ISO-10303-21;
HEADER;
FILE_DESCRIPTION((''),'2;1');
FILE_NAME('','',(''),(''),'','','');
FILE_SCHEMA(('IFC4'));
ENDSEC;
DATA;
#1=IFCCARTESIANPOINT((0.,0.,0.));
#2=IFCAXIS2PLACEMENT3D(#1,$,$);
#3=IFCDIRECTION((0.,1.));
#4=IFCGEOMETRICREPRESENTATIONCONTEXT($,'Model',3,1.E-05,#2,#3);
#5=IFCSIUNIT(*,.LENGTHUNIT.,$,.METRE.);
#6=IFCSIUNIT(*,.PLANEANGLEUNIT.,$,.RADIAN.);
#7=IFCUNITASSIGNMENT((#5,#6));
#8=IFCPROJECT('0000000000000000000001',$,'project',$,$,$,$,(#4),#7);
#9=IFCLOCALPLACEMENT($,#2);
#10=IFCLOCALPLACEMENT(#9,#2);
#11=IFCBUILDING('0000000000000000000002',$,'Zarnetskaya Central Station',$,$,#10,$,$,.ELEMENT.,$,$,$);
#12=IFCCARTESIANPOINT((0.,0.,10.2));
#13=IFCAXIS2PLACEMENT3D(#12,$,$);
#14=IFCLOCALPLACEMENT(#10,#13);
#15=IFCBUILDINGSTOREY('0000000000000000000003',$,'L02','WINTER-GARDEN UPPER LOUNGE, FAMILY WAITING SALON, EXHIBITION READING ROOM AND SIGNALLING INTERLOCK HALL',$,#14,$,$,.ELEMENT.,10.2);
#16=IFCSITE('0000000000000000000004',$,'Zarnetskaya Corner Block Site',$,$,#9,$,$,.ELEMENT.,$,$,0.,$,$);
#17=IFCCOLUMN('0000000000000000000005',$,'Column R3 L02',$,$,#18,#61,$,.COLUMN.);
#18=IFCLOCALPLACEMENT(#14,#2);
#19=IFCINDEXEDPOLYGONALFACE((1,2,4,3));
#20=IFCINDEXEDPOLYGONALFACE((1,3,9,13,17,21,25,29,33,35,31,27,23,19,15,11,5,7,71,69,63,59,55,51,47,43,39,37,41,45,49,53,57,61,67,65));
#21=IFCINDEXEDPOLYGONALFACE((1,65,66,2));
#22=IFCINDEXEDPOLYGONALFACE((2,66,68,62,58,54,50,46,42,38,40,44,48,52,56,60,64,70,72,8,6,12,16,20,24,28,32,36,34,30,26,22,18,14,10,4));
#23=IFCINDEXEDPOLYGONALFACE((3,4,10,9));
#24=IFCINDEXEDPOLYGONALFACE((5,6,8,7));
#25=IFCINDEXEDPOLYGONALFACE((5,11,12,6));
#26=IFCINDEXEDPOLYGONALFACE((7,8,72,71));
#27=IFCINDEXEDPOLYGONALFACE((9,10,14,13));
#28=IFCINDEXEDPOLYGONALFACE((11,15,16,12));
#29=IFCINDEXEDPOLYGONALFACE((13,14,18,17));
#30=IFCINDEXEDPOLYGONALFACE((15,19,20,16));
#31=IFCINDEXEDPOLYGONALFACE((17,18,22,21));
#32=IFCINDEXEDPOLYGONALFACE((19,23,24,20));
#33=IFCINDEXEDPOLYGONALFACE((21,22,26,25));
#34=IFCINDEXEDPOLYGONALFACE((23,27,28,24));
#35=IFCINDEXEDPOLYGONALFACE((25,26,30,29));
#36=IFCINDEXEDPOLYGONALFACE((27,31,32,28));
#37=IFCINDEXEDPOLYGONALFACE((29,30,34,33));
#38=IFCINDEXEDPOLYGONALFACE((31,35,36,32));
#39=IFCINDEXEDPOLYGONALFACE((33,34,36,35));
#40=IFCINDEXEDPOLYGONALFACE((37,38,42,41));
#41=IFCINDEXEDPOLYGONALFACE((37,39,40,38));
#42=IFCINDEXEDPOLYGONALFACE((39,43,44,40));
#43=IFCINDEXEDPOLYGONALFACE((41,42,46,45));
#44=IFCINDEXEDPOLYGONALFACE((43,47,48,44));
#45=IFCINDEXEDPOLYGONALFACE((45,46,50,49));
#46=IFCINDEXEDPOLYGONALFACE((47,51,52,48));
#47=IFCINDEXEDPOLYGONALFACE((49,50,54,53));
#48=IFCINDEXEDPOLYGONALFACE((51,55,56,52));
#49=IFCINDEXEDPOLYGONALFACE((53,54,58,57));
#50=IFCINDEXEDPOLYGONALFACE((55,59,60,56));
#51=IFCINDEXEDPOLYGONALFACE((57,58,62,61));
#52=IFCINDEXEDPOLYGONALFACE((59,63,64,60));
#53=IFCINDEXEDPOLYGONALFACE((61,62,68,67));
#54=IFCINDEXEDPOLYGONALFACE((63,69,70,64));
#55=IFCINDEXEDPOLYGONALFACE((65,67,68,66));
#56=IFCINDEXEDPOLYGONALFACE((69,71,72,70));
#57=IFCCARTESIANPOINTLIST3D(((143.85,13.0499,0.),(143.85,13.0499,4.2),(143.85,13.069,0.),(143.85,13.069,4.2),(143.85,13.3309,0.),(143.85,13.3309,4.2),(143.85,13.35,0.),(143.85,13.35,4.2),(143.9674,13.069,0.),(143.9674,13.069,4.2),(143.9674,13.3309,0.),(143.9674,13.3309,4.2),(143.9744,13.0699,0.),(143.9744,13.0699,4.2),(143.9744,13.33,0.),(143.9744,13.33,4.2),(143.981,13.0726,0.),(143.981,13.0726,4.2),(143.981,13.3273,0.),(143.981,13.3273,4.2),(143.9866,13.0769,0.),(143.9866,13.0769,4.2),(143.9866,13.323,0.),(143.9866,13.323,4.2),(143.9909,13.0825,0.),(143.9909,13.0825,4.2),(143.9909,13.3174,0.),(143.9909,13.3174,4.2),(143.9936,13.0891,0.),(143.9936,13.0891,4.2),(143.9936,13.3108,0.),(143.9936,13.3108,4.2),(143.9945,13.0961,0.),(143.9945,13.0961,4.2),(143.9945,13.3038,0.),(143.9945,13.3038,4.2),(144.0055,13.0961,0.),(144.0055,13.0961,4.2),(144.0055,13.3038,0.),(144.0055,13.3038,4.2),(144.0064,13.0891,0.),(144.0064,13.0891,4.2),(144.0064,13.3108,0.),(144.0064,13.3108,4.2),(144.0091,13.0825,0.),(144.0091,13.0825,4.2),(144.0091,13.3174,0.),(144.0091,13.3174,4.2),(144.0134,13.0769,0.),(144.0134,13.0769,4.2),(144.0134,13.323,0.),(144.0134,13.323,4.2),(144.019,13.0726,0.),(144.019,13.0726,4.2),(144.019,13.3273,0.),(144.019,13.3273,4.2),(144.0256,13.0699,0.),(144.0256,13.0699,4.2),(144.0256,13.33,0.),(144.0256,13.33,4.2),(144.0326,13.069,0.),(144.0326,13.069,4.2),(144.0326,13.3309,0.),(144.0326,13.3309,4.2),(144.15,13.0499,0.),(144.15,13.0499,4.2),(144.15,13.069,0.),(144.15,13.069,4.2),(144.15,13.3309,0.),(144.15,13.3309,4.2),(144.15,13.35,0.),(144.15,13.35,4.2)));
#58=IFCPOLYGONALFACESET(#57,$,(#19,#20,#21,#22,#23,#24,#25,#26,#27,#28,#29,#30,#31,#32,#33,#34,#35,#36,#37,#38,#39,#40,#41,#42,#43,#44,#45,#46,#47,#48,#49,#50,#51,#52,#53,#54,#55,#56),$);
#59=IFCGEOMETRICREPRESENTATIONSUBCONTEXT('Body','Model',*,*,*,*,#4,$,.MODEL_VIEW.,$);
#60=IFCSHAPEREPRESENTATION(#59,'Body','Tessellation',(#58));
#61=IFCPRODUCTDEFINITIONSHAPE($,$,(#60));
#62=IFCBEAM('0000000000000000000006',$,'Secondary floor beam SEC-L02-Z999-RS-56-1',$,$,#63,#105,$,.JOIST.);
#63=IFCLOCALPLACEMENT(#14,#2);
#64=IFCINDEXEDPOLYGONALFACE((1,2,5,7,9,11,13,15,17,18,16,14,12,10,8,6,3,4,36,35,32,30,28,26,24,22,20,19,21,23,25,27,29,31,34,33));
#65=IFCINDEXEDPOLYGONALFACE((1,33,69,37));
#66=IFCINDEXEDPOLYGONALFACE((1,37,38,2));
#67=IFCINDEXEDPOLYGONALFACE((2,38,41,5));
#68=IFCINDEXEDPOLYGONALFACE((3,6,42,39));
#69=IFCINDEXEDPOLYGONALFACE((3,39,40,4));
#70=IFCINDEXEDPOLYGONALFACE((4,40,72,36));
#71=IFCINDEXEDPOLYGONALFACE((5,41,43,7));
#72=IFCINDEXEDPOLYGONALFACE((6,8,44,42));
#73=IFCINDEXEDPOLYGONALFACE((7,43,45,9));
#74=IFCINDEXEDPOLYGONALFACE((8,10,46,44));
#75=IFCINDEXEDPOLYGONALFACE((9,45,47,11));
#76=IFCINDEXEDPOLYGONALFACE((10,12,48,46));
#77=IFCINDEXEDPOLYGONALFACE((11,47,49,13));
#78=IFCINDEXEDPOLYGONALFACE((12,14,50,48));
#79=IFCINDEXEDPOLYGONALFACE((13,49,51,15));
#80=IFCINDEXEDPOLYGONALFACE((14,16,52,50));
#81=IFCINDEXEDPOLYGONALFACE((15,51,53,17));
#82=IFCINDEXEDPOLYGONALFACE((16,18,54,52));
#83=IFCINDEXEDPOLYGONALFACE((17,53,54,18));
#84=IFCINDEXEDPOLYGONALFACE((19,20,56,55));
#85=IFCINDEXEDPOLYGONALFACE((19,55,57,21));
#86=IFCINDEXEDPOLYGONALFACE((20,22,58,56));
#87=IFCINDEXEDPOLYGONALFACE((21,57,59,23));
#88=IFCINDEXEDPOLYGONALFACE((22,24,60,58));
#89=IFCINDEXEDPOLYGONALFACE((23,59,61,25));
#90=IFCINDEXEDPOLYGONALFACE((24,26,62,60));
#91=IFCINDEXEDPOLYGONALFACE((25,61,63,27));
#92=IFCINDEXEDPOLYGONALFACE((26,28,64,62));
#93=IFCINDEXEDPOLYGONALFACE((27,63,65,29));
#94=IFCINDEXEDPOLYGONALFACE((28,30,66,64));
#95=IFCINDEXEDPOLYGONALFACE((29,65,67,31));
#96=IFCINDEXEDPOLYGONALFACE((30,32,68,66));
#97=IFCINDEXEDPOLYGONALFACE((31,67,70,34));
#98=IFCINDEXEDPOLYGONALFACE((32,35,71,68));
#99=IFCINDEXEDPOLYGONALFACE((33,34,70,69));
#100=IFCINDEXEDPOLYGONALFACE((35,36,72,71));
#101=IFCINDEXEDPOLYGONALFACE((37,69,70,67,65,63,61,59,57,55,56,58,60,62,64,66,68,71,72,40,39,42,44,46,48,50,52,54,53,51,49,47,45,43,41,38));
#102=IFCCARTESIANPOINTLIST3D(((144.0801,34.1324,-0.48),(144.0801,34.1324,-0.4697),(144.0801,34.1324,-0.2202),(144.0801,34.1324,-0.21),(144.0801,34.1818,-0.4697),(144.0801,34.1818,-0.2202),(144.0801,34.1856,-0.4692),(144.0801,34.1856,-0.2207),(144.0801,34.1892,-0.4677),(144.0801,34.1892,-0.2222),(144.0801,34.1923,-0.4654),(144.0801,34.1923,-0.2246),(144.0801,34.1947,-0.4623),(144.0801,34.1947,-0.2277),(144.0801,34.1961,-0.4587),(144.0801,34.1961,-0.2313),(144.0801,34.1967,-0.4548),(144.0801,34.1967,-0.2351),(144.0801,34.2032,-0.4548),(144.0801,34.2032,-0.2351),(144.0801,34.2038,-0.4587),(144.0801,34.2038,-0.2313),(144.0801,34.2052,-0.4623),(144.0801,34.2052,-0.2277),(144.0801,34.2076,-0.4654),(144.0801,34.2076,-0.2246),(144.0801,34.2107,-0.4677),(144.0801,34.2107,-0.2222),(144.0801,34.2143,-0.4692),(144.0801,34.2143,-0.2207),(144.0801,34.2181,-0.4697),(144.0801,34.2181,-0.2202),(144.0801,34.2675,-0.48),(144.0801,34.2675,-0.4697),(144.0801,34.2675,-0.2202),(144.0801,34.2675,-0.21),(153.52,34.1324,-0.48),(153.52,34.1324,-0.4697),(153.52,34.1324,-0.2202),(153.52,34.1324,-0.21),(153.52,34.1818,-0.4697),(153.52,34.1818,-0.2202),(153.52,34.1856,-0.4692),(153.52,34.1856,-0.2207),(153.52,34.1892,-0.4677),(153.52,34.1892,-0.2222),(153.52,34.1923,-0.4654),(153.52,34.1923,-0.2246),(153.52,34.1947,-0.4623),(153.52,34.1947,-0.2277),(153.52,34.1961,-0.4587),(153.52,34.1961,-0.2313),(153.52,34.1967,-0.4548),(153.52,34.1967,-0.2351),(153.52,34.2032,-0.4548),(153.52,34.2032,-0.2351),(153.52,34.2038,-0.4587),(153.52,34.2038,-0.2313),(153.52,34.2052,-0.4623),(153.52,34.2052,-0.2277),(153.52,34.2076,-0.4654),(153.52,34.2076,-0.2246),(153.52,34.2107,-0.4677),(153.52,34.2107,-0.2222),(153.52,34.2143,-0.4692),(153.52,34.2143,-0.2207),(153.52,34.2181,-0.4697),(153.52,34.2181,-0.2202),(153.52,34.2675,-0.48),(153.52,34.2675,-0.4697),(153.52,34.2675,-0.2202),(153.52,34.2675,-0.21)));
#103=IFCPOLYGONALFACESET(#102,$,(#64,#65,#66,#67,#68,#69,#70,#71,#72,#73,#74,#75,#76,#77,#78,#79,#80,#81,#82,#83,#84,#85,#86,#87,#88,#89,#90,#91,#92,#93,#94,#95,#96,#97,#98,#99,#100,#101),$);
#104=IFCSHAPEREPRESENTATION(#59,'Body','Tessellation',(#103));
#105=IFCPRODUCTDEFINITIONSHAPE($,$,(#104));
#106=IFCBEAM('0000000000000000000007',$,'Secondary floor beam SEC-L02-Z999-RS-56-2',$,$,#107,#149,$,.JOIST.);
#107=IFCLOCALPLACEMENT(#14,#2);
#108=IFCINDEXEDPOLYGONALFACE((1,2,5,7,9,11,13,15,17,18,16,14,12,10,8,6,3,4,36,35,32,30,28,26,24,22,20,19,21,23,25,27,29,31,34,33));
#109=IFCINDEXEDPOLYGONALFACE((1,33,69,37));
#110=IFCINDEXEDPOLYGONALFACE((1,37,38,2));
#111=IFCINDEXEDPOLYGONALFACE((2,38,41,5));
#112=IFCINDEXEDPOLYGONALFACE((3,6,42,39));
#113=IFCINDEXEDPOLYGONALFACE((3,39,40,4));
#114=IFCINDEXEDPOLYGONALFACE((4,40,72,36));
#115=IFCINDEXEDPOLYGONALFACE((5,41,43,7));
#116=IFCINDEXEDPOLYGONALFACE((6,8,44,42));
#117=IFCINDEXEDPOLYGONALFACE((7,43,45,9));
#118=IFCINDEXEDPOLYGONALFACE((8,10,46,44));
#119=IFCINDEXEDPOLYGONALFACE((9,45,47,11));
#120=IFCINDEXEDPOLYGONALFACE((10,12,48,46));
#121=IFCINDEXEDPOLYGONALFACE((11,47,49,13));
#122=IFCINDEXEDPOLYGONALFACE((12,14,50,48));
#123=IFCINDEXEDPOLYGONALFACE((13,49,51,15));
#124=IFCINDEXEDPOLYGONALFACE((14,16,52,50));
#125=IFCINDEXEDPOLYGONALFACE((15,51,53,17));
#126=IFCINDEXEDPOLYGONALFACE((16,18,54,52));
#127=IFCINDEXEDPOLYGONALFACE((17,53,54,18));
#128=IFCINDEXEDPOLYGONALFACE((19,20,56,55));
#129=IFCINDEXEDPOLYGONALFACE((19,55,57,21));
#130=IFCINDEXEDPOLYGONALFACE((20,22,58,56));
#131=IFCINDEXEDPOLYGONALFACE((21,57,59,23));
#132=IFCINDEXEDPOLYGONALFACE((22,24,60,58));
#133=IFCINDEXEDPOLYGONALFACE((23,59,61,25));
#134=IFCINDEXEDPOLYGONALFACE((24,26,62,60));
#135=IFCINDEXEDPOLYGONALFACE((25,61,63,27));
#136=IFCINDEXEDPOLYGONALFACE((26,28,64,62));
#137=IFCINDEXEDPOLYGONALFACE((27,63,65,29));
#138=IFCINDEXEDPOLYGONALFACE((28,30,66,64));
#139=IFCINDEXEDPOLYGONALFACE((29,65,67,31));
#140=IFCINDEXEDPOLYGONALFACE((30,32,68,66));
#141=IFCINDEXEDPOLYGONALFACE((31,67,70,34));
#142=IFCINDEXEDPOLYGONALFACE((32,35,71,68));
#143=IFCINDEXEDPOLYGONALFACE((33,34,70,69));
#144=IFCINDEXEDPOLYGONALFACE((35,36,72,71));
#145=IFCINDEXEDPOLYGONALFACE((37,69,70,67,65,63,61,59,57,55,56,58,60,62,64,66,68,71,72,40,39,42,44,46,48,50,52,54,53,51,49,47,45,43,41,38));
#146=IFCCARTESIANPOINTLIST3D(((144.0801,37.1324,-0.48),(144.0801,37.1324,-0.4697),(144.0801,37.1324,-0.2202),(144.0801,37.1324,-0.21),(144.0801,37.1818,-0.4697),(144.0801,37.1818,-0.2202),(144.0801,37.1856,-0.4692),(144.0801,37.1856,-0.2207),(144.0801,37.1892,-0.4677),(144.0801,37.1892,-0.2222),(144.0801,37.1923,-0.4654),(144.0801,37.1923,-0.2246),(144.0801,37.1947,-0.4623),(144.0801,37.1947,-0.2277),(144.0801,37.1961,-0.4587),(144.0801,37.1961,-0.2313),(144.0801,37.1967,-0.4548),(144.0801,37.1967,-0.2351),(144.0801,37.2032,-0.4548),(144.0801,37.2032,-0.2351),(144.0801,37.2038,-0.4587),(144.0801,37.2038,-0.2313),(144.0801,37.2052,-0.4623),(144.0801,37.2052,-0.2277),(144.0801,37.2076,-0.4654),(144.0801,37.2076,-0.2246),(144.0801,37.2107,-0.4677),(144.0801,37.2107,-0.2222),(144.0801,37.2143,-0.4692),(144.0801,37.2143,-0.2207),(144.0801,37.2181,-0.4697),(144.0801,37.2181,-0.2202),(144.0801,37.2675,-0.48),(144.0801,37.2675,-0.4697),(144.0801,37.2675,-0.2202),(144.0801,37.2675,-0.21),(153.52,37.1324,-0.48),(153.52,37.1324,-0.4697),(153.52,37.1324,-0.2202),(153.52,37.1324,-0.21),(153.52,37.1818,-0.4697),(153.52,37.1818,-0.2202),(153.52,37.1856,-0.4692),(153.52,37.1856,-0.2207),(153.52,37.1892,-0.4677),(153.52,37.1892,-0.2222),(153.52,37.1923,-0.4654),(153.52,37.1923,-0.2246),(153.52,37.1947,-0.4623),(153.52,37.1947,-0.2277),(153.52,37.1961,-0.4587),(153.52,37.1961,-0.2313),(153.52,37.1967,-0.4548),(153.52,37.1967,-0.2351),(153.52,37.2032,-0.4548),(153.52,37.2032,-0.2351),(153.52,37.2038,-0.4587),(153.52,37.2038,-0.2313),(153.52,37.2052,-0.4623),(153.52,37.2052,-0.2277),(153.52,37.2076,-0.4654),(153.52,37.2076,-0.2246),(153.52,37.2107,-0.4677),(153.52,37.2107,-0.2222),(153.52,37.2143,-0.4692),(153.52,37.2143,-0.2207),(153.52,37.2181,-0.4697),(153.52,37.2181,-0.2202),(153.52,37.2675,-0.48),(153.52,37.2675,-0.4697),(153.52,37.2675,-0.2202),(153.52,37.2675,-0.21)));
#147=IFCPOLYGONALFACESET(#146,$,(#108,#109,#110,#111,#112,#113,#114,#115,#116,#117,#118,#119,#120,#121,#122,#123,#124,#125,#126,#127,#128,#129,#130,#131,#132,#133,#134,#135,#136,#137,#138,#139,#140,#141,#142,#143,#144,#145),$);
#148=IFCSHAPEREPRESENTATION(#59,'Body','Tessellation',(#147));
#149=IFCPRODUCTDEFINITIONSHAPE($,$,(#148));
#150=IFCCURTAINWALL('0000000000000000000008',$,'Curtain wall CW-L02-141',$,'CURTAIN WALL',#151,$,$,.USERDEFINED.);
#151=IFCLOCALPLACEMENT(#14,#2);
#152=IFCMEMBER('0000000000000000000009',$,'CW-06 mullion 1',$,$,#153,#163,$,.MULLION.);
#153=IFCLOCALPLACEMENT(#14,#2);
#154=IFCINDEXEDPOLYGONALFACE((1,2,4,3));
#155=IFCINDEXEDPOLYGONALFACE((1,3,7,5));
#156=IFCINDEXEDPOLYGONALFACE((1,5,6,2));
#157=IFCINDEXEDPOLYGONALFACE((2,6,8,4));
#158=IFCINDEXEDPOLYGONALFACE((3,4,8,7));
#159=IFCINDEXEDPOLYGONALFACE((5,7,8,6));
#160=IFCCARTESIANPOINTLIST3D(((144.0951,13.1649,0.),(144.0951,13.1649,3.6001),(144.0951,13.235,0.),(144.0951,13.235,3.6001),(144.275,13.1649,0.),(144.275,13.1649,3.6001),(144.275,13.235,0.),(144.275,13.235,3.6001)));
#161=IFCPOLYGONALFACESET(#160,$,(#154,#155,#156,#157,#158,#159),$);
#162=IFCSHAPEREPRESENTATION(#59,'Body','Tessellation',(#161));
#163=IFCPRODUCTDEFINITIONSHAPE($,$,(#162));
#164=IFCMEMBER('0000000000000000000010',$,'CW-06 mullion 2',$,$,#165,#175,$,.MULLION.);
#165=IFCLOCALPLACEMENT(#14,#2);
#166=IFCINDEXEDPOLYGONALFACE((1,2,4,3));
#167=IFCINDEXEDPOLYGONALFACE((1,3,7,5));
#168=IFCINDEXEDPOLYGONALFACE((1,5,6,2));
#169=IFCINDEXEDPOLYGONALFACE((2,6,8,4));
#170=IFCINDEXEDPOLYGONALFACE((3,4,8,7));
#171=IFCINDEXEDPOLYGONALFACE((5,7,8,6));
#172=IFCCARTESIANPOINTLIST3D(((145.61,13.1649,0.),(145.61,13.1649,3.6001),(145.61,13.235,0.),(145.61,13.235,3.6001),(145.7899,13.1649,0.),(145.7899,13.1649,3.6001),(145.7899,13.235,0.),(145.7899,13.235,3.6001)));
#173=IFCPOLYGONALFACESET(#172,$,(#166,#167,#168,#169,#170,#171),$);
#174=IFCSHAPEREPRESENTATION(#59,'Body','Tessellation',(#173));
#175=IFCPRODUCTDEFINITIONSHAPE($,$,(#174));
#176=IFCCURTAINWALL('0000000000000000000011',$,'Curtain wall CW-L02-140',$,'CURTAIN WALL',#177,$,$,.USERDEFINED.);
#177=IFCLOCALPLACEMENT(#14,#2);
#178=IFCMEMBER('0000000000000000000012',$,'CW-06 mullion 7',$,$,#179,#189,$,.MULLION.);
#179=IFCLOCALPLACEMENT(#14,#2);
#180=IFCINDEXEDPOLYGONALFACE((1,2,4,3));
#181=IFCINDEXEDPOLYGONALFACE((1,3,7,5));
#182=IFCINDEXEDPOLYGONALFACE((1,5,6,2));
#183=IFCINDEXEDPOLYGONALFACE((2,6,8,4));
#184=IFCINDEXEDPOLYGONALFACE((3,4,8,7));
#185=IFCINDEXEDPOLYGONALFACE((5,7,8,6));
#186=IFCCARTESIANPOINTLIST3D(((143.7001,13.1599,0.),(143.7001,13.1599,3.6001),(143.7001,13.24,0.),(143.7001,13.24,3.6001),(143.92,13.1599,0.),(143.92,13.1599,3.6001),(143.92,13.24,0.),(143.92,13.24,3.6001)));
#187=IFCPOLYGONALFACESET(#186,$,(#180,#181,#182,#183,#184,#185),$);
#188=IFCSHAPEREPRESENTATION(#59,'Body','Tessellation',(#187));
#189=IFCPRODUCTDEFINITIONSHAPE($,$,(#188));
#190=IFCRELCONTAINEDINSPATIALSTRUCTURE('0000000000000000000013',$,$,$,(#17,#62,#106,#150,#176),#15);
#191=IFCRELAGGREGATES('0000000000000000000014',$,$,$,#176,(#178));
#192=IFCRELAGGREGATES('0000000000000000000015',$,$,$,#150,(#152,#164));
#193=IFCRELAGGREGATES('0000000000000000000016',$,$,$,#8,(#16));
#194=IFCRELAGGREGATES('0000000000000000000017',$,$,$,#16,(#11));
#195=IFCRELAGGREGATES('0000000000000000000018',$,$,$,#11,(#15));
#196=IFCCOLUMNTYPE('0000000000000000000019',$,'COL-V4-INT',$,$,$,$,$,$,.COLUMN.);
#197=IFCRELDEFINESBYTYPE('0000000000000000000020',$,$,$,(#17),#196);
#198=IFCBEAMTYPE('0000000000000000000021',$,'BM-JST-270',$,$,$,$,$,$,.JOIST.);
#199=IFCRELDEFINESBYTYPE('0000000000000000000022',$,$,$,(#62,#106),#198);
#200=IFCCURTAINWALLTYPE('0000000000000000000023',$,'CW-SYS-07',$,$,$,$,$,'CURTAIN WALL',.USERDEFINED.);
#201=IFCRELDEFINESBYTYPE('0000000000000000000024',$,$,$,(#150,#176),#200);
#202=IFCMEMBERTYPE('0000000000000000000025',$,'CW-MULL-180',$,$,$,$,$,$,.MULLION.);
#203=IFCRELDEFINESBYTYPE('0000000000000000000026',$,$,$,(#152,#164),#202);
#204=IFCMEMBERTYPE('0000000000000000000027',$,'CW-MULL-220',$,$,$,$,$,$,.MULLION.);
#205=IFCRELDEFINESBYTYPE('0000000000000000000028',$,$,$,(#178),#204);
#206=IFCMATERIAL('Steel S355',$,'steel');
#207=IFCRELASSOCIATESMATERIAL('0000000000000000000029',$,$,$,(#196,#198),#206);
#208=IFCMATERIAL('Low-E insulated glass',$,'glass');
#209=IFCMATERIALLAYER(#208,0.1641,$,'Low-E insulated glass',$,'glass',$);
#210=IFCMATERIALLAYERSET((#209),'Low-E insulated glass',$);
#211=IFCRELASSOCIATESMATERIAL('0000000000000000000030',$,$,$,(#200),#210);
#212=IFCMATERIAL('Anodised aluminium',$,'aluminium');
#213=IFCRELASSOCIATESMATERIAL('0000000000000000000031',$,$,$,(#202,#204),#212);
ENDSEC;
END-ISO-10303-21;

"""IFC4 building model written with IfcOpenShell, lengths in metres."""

from ifc_helpers import new_model, si_unit, direction, frame, origin, origin_2d, place, context, subcontext, project, spatial, rectangle, i_section, extrude, material, layer, layer_set, material_profile, profile_set, type_object, element, aggregate, save


model = new_model("IFC4")

# Units and contexts
model_context = context("Model", 3, precision=1e-05, world=origin(), true_north=direction((0.0, 1.0)))
body_context = subcontext(model_context, "Body", "Model", "MODEL_VIEW")
ifc_project = project(units=[si_unit("LENGTHUNIT", "METRE"), si_unit("PLANEANGLEUNIT", "RADIAN")], contexts=[model_context])

# Site, building, storey
site_placement = place(None, origin())
site = spatial("IfcSite", under=ifc_project, at=site_placement, Name="Zarnetskaya Corner Block Site", CompositionType="ELEMENT", RefElevation=0.0)
building_placement = place(site_placement, origin())
building = spatial("IfcBuilding", under=site, at=building_placement, Name="Zarnetskaya Central Station", CompositionType="ELEMENT")
storey_placement = place(building_placement, frame((0.0, 0.0, 10.2)))
storey = spatial("IfcBuildingStorey", under=building, at=storey_placement, Name="L02", Description="WINTER-GARDEN UPPER LOUNGE, FAMILY WAITING SALON, EXHIBITION READING ROOM AND SIGNALLING INTERLOCK HALL", CompositionType="ELEMENT", Elevation=10.2)

# Column
ifc_material_1 = material(Name="Steel S355", Category="steel")
ifc_material_profile_1 = material_profile(ifc_material_1, i_section(OverallWidth=0.3, OverallDepth=0.3, WebThickness=0.011, FlangeThickness=0.019, FilletRadius=0.0271, at=origin_2d()), Name="HEB 300")
ifc_profile_set_1 = profile_set([ifc_material_profile_1], Name="Steel S355")
column_type = type_object("IfcColumnType", Name="COL-V4-INT", PredefinedType="COLUMN", material=ifc_profile_set_1)
column_placement = place(storey_placement, frame((144.0, 13.2, 0.0), z_axis=(0.0, 0.0, 1.0), x_axis=(1.0, 0.0, 0.0)))
element("IfcColumn", 1, at=column_placement, inside=storey, type_object=column_type, Name="Column R3 L02", PredefinedType="COLUMN", context=body_context, shape_type="SweptSolid", body=[
    extrude(i_section(OverallWidth=0.3, OverallDepth=0.3, WebThickness=0.011, FlangeThickness=0.019, FilletRadius=0.0271, at=origin_2d()), origin(), (0.0, 0.0, 1.0), 4.2),
])

# Beams
ifc_material_profile_2 = material_profile(ifc_material_1, i_section(OverallWidth=0.135, OverallDepth=0.27, WebThickness=0.0066, FlangeThickness=0.0103, FilletRadius=0.0149, at=origin_2d()), Name="IPE 270")
ifc_profile_set_2 = profile_set([ifc_material_profile_2], Name="Steel S355")
beam_type_1 = type_object("IfcBeamType", Name="BM-JST-270", PredefinedType="JOIST", material=ifc_profile_set_2)
for number, where, z_axis, x_axis, name in (
    (2, (144.0801, 34.2, -0.345), (1.0, 0.0, 0.0), (0.0, 1.0, 0.0), "Secondary floor beam SEC-L02-Z999-RS-56-1"),
    (3, (144.0801, 37.2, -0.345), (1.0, 0.0, 0.0), (0.0, 1.0, 0.0), "Secondary floor beam SEC-L02-Z999-RS-56-2"),
):
    element("IfcBeam", number, at=place(storey_placement, frame(where, z_axis=z_axis, x_axis=x_axis)), inside=storey, type_object=beam_type_1, Name=name, PredefinedType="JOIST", context=body_context, shape_type="SweptSolid", body=[
        extrude(i_section(OverallWidth=0.135, OverallDepth=0.27, WebThickness=0.0066, FlangeThickness=0.0103, FilletRadius=0.0149, at=origin_2d()), origin(), (0.0, 0.0, 1.0), 9.4399),
    ])

# Curtain wall, members
ifc_material_2 = material(Name="Low-E insulated glass", Category="glass")
ifc_layer_1 = layer(ifc_material_2, 0.1641, Name="Low-E insulated glass", Category="glass")
ifc_layer_set_1 = layer_set([ifc_layer_1], Name="Low-E insulated glass")
curtain_wall_type = type_object("IfcCurtainWallType", Name="CW-SYS-07", ElementType="CURTAIN WALL", PredefinedType="USERDEFINED", material=ifc_layer_set_1)
curtain_wall_1_placement = place(storey_placement, origin())
curtain_wall_1 = element("IfcCurtainWall", 4, at=curtain_wall_1_placement, inside=storey, type_object=curtain_wall_type, Name="Curtain wall CW-L02-141", ObjectType="CURTAIN WALL", PredefinedType="USERDEFINED")
ifc_material_3 = material(Name="Anodised aluminium", Category="aluminium")
ifc_material_profile_3 = material_profile(ifc_material_3, rectangle(XDim=0.0701, YDim=0.1799, at=origin_2d()), Name="ALU MULL 70x180")
ifc_profile_set_3 = profile_set([ifc_material_profile_3], Name="Anodised aluminium")
member_type_1 = type_object("IfcMemberType", Name="CW-MULL-180", PredefinedType="MULLION", material=ifc_profile_set_3)
member_1_placement = place(storey_placement, frame((144.1851, 13.2, 0.0), z_axis=(0.0, 0.0, 1.0), x_axis=(0.0, 1.0, 0.0)))
member_1 = element("IfcMember", 5, at=member_1_placement, type_object=member_type_1, Name="CW-06 mullion 1", PredefinedType="MULLION", context=body_context, shape_type="SweptSolid", body=[
    extrude(rectangle(XDim=0.0701, YDim=0.1799, at=origin_2d()), origin(), (0.0, 0.0, 1.0), 3.6001),
])
member_2_placement = place(storey_placement, frame((145.7, 13.2, 0.0), z_axis=(0.0, 0.0, 1.0), x_axis=(0.0, 1.0, 0.0)))
member_2 = element("IfcMember", 6, at=member_2_placement, type_object=member_type_1, Name="CW-06 mullion 2", PredefinedType="MULLION", context=body_context, shape_type="SweptSolid", body=[
    extrude(rectangle(XDim=0.0701, YDim=0.1799, at=origin_2d()), origin(), (0.0, 0.0, 1.0), 3.6001),
])

# Curtain wall, member
curtain_wall_2_placement = place(storey_placement, origin())
curtain_wall_2 = element("IfcCurtainWall", 7, at=curtain_wall_2_placement, inside=storey, type_object=curtain_wall_type, Name="Curtain wall CW-L02-140", ObjectType="CURTAIN WALL", PredefinedType="USERDEFINED")
ifc_material_profile_4 = material_profile(ifc_material_3, rectangle(XDim=0.0801, YDim=0.22, at=origin_2d()), Name="ALU MULL 80x220")
ifc_profile_set_4 = profile_set([ifc_material_profile_4], Name="Anodised aluminium")
member_type_2 = type_object("IfcMemberType", Name="CW-MULL-220", PredefinedType="MULLION", material=ifc_profile_set_4)
member_3_placement = place(storey_placement, frame((143.8101, 13.2, 0.0), z_axis=(0.0, 0.0, 1.0), x_axis=(0.0, 1.0, 0.0)))
member_3 = element("IfcMember", 8, at=member_3_placement, type_object=member_type_2, Name="CW-06 mullion 7", PredefinedType="MULLION", context=body_context, shape_type="SweptSolid", body=[
    extrude(rectangle(XDim=0.0801, YDim=0.22, at=origin_2d()), origin(), (0.0, 0.0, 1.0), 3.6001),
])

aggregate(curtain_wall_2, [member_3])
aggregate(curtain_wall_1, [member_1, member_2])

save(model, "model.ifc")
